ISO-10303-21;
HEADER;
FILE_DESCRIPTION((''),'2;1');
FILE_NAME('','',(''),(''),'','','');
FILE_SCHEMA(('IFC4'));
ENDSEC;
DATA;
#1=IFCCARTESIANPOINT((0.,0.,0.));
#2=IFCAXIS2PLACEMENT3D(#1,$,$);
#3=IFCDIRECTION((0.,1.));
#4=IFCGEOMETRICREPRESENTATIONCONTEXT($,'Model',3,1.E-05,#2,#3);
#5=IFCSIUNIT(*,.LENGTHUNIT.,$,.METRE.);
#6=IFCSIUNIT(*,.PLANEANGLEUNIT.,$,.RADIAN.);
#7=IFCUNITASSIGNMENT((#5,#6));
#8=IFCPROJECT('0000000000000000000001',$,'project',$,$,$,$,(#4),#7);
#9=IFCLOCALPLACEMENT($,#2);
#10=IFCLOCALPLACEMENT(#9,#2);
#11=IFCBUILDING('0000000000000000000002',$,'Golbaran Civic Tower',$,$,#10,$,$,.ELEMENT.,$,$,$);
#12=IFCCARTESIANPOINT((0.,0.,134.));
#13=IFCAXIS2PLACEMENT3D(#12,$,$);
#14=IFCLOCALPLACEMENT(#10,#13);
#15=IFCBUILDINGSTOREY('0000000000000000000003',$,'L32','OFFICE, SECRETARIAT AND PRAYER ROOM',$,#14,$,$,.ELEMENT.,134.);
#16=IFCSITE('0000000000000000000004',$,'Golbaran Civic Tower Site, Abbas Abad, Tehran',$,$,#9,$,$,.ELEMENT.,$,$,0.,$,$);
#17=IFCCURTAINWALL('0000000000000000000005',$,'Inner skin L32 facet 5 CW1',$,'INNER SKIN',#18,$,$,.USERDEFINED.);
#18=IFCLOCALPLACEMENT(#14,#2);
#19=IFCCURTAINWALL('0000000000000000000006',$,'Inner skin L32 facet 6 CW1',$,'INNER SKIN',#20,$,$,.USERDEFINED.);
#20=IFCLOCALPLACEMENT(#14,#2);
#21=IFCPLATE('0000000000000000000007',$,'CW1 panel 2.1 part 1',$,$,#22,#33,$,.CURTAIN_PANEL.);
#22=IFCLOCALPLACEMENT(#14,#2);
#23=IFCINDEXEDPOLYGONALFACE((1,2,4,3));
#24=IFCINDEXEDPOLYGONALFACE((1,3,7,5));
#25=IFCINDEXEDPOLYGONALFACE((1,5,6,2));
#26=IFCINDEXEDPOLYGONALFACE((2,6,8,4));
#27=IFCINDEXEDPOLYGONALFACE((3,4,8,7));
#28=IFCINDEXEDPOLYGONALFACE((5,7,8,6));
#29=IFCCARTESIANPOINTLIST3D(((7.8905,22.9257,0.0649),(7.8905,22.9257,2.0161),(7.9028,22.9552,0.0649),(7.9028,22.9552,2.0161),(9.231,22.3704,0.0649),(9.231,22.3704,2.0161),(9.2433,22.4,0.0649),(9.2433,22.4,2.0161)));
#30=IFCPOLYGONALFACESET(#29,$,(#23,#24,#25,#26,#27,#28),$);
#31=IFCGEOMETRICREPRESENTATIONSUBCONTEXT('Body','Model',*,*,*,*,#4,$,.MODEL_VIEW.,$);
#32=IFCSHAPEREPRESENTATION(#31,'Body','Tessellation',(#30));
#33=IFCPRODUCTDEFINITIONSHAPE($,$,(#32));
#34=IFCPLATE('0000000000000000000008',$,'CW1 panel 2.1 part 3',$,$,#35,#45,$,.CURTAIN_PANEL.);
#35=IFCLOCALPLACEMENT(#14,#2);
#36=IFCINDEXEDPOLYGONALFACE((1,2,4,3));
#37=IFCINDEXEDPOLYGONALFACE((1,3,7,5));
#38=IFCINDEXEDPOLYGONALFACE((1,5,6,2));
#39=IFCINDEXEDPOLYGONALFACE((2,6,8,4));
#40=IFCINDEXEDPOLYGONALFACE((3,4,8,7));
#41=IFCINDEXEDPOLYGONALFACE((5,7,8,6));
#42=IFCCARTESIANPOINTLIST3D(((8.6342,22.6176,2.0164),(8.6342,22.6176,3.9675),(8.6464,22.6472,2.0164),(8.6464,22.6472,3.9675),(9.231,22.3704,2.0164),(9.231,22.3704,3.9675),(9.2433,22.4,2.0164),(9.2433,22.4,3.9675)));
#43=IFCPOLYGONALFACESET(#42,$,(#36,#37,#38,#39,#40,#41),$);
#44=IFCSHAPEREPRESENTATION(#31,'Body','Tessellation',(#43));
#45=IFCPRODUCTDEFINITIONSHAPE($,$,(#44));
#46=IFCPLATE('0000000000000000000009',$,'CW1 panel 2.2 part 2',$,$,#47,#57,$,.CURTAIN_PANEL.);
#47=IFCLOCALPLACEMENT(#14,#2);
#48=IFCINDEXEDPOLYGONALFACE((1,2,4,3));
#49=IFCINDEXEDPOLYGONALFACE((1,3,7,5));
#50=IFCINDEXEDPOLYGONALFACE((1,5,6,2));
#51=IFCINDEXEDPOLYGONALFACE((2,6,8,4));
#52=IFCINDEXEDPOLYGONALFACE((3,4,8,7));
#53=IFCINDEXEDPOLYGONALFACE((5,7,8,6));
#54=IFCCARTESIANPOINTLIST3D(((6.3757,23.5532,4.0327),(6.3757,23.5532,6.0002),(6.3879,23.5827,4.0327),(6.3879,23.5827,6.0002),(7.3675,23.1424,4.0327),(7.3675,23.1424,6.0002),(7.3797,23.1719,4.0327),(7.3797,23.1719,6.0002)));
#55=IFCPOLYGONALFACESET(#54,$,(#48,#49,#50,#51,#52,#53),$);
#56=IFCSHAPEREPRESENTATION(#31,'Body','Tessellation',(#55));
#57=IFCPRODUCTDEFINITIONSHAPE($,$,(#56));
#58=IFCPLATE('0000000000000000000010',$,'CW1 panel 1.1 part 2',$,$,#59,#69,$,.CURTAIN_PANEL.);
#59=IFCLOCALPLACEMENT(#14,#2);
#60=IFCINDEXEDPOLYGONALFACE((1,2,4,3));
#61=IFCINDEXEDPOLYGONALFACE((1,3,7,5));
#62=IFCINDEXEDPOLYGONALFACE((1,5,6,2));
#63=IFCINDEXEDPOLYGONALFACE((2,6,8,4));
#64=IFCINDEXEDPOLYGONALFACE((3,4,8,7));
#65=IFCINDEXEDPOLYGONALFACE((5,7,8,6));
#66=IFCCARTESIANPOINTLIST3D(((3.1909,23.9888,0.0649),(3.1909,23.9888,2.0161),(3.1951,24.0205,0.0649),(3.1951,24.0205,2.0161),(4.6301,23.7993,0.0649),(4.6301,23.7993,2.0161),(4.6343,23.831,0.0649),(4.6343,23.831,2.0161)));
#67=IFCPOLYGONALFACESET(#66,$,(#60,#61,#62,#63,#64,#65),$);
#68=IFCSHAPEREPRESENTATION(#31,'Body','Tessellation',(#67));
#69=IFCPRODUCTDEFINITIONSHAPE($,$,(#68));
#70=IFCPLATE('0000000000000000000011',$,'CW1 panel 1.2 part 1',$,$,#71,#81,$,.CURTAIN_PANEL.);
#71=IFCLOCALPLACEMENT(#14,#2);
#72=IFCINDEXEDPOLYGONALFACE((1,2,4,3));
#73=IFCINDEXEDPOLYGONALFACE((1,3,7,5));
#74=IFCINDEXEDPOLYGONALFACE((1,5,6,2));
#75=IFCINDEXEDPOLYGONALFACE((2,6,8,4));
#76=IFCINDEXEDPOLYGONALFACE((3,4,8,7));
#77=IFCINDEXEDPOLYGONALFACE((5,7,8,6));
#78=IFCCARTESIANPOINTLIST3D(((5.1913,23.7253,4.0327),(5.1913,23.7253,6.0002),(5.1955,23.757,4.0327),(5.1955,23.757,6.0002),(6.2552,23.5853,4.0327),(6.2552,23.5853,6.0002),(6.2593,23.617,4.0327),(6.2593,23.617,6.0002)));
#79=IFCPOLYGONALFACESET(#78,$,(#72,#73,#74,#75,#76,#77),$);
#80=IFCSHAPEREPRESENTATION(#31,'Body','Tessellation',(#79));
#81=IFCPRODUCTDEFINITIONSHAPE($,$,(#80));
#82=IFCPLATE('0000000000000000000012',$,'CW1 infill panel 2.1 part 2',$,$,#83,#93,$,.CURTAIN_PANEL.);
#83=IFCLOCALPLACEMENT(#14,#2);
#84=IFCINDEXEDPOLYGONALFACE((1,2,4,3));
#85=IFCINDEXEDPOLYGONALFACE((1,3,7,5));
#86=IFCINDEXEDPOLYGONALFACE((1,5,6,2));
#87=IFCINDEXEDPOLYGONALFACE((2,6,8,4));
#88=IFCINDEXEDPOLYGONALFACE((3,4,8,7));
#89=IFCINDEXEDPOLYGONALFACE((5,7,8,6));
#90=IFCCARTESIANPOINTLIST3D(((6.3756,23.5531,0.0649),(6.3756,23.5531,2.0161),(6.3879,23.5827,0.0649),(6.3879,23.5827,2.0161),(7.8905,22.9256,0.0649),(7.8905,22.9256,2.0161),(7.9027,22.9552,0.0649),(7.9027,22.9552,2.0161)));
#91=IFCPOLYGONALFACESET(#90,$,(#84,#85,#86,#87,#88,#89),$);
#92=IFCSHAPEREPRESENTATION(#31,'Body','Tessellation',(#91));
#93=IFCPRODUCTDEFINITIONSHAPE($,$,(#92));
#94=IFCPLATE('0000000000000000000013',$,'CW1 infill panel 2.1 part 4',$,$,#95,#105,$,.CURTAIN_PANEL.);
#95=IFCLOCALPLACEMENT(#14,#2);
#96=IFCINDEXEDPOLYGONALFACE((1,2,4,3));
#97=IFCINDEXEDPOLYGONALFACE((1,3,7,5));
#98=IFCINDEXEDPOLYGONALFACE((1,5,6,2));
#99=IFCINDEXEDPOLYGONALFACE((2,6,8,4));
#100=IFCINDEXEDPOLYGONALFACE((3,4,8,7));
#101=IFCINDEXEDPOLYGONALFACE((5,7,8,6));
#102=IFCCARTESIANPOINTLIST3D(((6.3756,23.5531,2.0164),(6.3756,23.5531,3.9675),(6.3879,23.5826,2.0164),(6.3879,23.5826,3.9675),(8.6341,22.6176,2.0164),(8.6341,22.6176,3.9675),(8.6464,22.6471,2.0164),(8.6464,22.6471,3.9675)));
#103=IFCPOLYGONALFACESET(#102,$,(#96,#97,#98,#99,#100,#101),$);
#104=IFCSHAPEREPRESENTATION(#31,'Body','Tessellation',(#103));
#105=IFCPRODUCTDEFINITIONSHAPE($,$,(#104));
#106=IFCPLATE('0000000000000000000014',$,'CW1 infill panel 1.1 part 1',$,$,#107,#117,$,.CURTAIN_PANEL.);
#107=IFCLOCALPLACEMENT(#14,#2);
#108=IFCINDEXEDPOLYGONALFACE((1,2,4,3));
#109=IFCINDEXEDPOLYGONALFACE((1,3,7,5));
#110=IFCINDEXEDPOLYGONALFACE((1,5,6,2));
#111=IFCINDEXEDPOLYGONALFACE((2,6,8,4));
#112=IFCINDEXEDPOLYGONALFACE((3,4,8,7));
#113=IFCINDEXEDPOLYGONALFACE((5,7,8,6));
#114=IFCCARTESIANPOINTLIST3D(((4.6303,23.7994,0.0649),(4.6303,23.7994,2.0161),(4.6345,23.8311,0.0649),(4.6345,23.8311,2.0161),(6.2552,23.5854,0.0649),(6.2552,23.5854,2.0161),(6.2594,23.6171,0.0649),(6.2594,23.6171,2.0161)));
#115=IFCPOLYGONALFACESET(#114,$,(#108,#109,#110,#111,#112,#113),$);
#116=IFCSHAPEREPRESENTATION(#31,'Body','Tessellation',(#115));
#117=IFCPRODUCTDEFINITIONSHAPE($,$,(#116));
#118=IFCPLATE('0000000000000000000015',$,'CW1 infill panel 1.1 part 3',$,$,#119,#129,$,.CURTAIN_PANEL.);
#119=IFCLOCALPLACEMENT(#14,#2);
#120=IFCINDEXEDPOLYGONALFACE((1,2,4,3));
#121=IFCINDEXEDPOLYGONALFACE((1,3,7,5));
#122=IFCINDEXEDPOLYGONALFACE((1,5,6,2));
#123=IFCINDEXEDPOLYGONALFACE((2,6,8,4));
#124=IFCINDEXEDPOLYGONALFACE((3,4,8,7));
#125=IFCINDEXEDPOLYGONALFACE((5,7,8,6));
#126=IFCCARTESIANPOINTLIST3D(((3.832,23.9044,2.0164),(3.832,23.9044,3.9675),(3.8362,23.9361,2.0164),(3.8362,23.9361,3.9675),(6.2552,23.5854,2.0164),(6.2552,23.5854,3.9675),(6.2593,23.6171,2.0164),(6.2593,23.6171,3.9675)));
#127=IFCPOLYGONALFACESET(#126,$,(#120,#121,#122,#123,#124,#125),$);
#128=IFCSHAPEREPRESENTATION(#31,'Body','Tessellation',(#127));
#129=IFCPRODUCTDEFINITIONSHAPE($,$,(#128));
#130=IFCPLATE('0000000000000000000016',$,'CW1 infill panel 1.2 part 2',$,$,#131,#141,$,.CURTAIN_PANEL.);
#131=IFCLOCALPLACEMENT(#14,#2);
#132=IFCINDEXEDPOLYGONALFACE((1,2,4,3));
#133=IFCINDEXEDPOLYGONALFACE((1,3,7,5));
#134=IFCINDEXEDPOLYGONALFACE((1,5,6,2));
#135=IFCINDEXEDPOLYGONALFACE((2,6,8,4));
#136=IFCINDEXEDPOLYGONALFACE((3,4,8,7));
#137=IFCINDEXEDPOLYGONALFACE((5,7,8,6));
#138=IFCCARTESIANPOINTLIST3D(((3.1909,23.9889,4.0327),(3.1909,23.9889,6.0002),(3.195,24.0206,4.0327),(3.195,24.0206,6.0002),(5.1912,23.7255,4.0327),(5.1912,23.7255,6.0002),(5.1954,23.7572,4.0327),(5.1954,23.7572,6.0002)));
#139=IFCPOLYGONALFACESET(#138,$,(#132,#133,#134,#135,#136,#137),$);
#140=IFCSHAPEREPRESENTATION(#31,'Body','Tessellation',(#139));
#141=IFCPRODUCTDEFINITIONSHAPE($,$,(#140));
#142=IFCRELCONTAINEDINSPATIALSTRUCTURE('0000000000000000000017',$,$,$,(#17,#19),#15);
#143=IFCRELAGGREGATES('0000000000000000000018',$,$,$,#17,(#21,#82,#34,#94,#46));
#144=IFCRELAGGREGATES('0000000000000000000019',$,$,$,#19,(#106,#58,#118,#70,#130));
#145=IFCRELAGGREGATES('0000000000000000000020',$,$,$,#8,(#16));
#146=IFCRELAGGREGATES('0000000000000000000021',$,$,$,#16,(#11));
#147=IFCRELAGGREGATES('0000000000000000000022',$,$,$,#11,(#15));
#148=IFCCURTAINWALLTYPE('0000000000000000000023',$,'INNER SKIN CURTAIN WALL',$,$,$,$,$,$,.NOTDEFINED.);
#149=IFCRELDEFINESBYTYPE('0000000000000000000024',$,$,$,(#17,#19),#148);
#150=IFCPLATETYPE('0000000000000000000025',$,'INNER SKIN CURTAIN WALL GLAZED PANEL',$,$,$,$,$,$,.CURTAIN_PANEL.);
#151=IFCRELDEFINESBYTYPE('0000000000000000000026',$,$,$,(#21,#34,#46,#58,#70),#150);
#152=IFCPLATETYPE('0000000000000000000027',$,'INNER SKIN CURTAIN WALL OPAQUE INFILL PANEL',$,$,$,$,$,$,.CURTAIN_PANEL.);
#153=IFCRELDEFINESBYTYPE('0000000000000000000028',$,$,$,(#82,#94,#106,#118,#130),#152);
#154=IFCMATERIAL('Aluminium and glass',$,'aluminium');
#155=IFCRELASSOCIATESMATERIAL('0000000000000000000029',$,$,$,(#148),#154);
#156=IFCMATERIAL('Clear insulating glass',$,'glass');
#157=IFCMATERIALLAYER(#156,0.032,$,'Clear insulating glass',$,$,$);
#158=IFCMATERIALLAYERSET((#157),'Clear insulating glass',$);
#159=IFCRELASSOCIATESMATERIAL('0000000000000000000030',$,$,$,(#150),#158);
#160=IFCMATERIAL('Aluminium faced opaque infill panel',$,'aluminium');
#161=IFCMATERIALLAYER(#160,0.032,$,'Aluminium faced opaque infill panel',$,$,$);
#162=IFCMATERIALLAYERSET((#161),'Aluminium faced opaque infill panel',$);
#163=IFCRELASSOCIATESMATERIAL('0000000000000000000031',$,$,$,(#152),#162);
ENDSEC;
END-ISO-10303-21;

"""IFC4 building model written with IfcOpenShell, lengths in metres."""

from ifc_helpers import new_model, si_unit, direction, frame, origin, origin_2d, place, context, subcontext, project, spatial, rectangle, extrude, material, layer, layer_set, type_object, element, aggregate, save


model = new_model("IFC4")

# Units and contexts
model_context = context("Model", 3, precision=1e-05, world=origin(), true_north=direction((0.0, 1.0)))
body_context = subcontext(model_context, "Body", "Model", "MODEL_VIEW")
ifc_project = project(units=[si_unit("LENGTHUNIT", "METRE"), si_unit("PLANEANGLEUNIT", "RADIAN")], contexts=[model_context])

# Site, building, storey
site_placement = place(None, origin())
site = spatial("IfcSite", under=ifc_project, at=site_placement, Name="Golbaran Civic Tower Site, Abbas Abad, Tehran", CompositionType="ELEMENT", RefElevation=0.0)
building_placement = place(site_placement, origin())
building = spatial("IfcBuilding", under=site, at=building_placement, Name="Golbaran Civic Tower", CompositionType="ELEMENT")
storey_placement = place(building_placement, frame((0.0, 0.0, 134.0)))
storey = spatial("IfcBuildingStorey", under=building, at=storey_placement, Name="L32", Description="OFFICE, SECRETARIAT AND PRAYER ROOM", CompositionType="ELEMENT", Elevation=134.0)

# Curtain wall
ifc_material_1 = material(Name="Aluminium and glass", Category="aluminium")
curtain_wall_type = type_object("IfcCurtainWallType", Name="INNER SKIN CURTAIN WALL", PredefinedType="NOTDEFINED", material=ifc_material_1)
curtain_wall_1_placement = place(storey_placement, origin())
curtain_wall_1 = element("IfcCurtainWall", 1, at=curtain_wall_1_placement, inside=storey, type_object=curtain_wall_type, Name="Inner skin L32 facet 5 CW1", ObjectType="INNER SKIN", PredefinedType="USERDEFINED")

# Curtain wall
curtain_wall_2_placement = place(storey_placement, origin())
curtain_wall_2 = element("IfcCurtainWall", 2, at=curtain_wall_2_placement, inside=storey, type_object=curtain_wall_type, Name="Inner skin L32 facet 6 CW1", ObjectType="INNER SKIN", PredefinedType="USERDEFINED")

# Plates
ifc_material_2 = material(Name="Clear insulating glass", Category="glass")
ifc_layer_1 = layer(ifc_material_2, 0.032, Name="Clear insulating glass")
ifc_layer_set_1 = layer_set([ifc_layer_1], Name="Clear insulating glass")
plate_type_1 = type_object("IfcPlateType", Name="INNER SKIN CURTAIN WALL GLAZED PANEL", PredefinedType="CURTAIN_PANEL", material=ifc_layer_set_1)
plate_1_placement = place(storey_placement, frame((8.5669, 22.6628, 0.0649), z_axis=(0.0, 0.0, 1.0), x_axis=(-0.92388, 0.382683, 0.0)))
plate_1 = element("IfcPlate", 3, at=plate_1_placement, type_object=plate_type_1, Name="CW1 panel 2.1 part 1", PredefinedType="CURTAIN_PANEL", context=body_context, shape_type="SweptSolid", body=[
    extrude(rectangle(XDim=1.4509, YDim=0.032, at=origin_2d()), origin(), (0.0, 0.0, 1.0), 1.9512),
])
plate_2_placement = place(storey_placement, frame((8.9387, 22.5088, 2.0164), z_axis=(0.0, 0.0, 1.0), x_axis=(-0.92388, 0.382683, 0.0)))
plate_2 = element("IfcPlate", 4, at=plate_2_placement, type_object=plate_type_1, Name="CW1 panel 2.1 part 3", PredefinedType="CURTAIN_PANEL", context=body_context, shape_type="SweptSolid", body=[
    extrude(rectangle(XDim=0.646, YDim=0.032, at=origin_2d()), origin(), (0.0, 0.0, 1.0), 1.9512),
])
plate_3_placement = place(storey_placement, frame((6.8777, 23.3625, 4.0327), z_axis=(0.0, 0.0, 1.0), x_axis=(-0.92388, 0.382683, 0.0)))
plate_3 = element("IfcPlate", 5, at=plate_3_placement, type_object=plate_type_1, Name="CW1 panel 2.2 part 2", PredefinedType="CURTAIN_PANEL", context=body_context, shape_type="SweptSolid", body=[
    extrude(rectangle(XDim=1.0735, YDim=0.032, at=origin_2d()), origin(), (0.0, 0.0, 1.0), 1.9675),
])
plate_4_placement = place(storey_placement, frame((3.9126, 23.9099, 0.0649), z_axis=(0.0, 0.0, 1.0), x_axis=(-0.991445, 0.130526, 0.0)))
plate_4 = element("IfcPlate", 6, at=plate_4_placement, type_object=plate_type_1, Name="CW1 panel 1.1 part 2", PredefinedType="CURTAIN_PANEL", context=body_context, shape_type="SweptSolid", body=[
    extrude(rectangle(XDim=1.4517, YDim=0.032, at=origin_2d()), origin(), (0.0, 0.0, 1.0), 1.9512),
])
plate_5_placement = place(storey_placement, frame((5.7253, 23.6711, 4.0327), z_axis=(0.0, 0.0, 1.0), x_axis=(-0.991445, 0.130526, 0.0)))
plate_5 = element("IfcPlate", 7, at=plate_5_placement, type_object=plate_type_1, Name="CW1 panel 1.2 part 1", PredefinedType="CURTAIN_PANEL", context=body_context, shape_type="SweptSolid", body=[
    extrude(rectangle(XDim=1.073, YDim=0.032, at=origin_2d()), origin(), (0.0, 0.0, 1.0), 1.9675),
])
ifc_material_3 = material(Name="Aluminium faced opaque infill panel", Category="aluminium")
ifc_layer_2 = layer(ifc_material_3, 0.032, Name="Aluminium faced opaque infill panel")
ifc_layer_set_2 = layer_set([ifc_layer_2], Name="Aluminium faced opaque infill panel")
plate_type_2 = type_object("IfcPlateType", Name="INNER SKIN CURTAIN WALL OPAQUE INFILL PANEL", PredefinedType="CURTAIN_PANEL", material=ifc_layer_set_2)
plate_6_placement = place(storey_placement, frame((7.1392, 23.2542, 0.0649), z_axis=(0.0, 0.0, 1.0), x_axis=(-0.92388, 0.382683, 0.0)))
plate_6 = element("IfcPlate", 8, at=plate_6_placement, type_object=plate_type_2, Name="CW1 infill panel 2.1 part 2", PredefinedType="CURTAIN_PANEL", context=body_context, shape_type="SweptSolid", body=[
    extrude(rectangle(XDim=1.6396, YDim=0.032, at=origin_2d()), origin(), (0.0, 0.0, 1.0), 1.9512),
])
plate_7_placement = place(storey_placement, frame((7.511, 23.1001, 2.0164), z_axis=(0.0, 0.0, 1.0), x_axis=(-0.92388, 0.382683, 0.0)))
plate_7 = element("IfcPlate", 9, at=plate_7_placement, type_object=plate_type_2, Name="CW1 infill panel 2.1 part 4", PredefinedType="CURTAIN_PANEL", context=body_context, shape_type="SweptSolid", body=[
    extrude(rectangle(XDim=2.4446, YDim=0.032, at=origin_2d()), origin(), (0.0, 0.0, 1.0), 1.9512),
])
aggregate(curtain_wall_1, [plate_1, plate_6, plate_2, plate_7, plate_3])
plate_8_placement = place(storey_placement, frame((5.4448, 23.7083, 0.0649), z_axis=(0.0, 0.0, 1.0), x_axis=(-0.991445, 0.130526, 0.0)))
plate_8 = element("IfcPlate", 10, at=plate_8_placement, type_object=plate_type_2, Name="CW1 infill panel 1.1 part 1", PredefinedType="CURTAIN_PANEL", context=body_context, shape_type="SweptSolid", body=[
    extrude(rectangle(XDim=1.6389, YDim=0.032, at=origin_2d()), origin(), (0.0, 0.0, 1.0), 1.9512),
])
plate_9_placement = place(storey_placement, frame((5.0457, 23.7607, 2.0164), z_axis=(0.0, 0.0, 1.0), x_axis=(-0.991445, 0.130526, 0.0)))
plate_9 = element("IfcPlate", 11, at=plate_9_placement, type_object=plate_type_2, Name="CW1 infill panel 1.1 part 3", PredefinedType="CURTAIN_PANEL", context=body_context, shape_type="SweptSolid", body=[
    extrude(rectangle(XDim=2.4441, YDim=0.032, at=origin_2d()), origin(), (0.0, 0.0, 1.0), 1.9512),
])
plate_10_placement = place(storey_placement, frame((4.1931, 23.873, 4.0327), z_axis=(0.0, 0.0, 1.0), x_axis=(-0.991445, 0.130526, 0.0)))
plate_10 = element("IfcPlate", 12, at=plate_10_placement, type_object=plate_type_2, Name="CW1 infill panel 1.2 part 2", PredefinedType="CURTAIN_PANEL", context=body_context, shape_type="SweptSolid", body=[
    extrude(rectangle(XDim=2.0176, YDim=0.032, at=origin_2d()), origin(), (0.0, 0.0, 1.0), 1.9675),
])
aggregate(curtain_wall_2, [plate_8, plate_4, plate_9, plate_5, plate_10])

save(model, "model.ifc")
